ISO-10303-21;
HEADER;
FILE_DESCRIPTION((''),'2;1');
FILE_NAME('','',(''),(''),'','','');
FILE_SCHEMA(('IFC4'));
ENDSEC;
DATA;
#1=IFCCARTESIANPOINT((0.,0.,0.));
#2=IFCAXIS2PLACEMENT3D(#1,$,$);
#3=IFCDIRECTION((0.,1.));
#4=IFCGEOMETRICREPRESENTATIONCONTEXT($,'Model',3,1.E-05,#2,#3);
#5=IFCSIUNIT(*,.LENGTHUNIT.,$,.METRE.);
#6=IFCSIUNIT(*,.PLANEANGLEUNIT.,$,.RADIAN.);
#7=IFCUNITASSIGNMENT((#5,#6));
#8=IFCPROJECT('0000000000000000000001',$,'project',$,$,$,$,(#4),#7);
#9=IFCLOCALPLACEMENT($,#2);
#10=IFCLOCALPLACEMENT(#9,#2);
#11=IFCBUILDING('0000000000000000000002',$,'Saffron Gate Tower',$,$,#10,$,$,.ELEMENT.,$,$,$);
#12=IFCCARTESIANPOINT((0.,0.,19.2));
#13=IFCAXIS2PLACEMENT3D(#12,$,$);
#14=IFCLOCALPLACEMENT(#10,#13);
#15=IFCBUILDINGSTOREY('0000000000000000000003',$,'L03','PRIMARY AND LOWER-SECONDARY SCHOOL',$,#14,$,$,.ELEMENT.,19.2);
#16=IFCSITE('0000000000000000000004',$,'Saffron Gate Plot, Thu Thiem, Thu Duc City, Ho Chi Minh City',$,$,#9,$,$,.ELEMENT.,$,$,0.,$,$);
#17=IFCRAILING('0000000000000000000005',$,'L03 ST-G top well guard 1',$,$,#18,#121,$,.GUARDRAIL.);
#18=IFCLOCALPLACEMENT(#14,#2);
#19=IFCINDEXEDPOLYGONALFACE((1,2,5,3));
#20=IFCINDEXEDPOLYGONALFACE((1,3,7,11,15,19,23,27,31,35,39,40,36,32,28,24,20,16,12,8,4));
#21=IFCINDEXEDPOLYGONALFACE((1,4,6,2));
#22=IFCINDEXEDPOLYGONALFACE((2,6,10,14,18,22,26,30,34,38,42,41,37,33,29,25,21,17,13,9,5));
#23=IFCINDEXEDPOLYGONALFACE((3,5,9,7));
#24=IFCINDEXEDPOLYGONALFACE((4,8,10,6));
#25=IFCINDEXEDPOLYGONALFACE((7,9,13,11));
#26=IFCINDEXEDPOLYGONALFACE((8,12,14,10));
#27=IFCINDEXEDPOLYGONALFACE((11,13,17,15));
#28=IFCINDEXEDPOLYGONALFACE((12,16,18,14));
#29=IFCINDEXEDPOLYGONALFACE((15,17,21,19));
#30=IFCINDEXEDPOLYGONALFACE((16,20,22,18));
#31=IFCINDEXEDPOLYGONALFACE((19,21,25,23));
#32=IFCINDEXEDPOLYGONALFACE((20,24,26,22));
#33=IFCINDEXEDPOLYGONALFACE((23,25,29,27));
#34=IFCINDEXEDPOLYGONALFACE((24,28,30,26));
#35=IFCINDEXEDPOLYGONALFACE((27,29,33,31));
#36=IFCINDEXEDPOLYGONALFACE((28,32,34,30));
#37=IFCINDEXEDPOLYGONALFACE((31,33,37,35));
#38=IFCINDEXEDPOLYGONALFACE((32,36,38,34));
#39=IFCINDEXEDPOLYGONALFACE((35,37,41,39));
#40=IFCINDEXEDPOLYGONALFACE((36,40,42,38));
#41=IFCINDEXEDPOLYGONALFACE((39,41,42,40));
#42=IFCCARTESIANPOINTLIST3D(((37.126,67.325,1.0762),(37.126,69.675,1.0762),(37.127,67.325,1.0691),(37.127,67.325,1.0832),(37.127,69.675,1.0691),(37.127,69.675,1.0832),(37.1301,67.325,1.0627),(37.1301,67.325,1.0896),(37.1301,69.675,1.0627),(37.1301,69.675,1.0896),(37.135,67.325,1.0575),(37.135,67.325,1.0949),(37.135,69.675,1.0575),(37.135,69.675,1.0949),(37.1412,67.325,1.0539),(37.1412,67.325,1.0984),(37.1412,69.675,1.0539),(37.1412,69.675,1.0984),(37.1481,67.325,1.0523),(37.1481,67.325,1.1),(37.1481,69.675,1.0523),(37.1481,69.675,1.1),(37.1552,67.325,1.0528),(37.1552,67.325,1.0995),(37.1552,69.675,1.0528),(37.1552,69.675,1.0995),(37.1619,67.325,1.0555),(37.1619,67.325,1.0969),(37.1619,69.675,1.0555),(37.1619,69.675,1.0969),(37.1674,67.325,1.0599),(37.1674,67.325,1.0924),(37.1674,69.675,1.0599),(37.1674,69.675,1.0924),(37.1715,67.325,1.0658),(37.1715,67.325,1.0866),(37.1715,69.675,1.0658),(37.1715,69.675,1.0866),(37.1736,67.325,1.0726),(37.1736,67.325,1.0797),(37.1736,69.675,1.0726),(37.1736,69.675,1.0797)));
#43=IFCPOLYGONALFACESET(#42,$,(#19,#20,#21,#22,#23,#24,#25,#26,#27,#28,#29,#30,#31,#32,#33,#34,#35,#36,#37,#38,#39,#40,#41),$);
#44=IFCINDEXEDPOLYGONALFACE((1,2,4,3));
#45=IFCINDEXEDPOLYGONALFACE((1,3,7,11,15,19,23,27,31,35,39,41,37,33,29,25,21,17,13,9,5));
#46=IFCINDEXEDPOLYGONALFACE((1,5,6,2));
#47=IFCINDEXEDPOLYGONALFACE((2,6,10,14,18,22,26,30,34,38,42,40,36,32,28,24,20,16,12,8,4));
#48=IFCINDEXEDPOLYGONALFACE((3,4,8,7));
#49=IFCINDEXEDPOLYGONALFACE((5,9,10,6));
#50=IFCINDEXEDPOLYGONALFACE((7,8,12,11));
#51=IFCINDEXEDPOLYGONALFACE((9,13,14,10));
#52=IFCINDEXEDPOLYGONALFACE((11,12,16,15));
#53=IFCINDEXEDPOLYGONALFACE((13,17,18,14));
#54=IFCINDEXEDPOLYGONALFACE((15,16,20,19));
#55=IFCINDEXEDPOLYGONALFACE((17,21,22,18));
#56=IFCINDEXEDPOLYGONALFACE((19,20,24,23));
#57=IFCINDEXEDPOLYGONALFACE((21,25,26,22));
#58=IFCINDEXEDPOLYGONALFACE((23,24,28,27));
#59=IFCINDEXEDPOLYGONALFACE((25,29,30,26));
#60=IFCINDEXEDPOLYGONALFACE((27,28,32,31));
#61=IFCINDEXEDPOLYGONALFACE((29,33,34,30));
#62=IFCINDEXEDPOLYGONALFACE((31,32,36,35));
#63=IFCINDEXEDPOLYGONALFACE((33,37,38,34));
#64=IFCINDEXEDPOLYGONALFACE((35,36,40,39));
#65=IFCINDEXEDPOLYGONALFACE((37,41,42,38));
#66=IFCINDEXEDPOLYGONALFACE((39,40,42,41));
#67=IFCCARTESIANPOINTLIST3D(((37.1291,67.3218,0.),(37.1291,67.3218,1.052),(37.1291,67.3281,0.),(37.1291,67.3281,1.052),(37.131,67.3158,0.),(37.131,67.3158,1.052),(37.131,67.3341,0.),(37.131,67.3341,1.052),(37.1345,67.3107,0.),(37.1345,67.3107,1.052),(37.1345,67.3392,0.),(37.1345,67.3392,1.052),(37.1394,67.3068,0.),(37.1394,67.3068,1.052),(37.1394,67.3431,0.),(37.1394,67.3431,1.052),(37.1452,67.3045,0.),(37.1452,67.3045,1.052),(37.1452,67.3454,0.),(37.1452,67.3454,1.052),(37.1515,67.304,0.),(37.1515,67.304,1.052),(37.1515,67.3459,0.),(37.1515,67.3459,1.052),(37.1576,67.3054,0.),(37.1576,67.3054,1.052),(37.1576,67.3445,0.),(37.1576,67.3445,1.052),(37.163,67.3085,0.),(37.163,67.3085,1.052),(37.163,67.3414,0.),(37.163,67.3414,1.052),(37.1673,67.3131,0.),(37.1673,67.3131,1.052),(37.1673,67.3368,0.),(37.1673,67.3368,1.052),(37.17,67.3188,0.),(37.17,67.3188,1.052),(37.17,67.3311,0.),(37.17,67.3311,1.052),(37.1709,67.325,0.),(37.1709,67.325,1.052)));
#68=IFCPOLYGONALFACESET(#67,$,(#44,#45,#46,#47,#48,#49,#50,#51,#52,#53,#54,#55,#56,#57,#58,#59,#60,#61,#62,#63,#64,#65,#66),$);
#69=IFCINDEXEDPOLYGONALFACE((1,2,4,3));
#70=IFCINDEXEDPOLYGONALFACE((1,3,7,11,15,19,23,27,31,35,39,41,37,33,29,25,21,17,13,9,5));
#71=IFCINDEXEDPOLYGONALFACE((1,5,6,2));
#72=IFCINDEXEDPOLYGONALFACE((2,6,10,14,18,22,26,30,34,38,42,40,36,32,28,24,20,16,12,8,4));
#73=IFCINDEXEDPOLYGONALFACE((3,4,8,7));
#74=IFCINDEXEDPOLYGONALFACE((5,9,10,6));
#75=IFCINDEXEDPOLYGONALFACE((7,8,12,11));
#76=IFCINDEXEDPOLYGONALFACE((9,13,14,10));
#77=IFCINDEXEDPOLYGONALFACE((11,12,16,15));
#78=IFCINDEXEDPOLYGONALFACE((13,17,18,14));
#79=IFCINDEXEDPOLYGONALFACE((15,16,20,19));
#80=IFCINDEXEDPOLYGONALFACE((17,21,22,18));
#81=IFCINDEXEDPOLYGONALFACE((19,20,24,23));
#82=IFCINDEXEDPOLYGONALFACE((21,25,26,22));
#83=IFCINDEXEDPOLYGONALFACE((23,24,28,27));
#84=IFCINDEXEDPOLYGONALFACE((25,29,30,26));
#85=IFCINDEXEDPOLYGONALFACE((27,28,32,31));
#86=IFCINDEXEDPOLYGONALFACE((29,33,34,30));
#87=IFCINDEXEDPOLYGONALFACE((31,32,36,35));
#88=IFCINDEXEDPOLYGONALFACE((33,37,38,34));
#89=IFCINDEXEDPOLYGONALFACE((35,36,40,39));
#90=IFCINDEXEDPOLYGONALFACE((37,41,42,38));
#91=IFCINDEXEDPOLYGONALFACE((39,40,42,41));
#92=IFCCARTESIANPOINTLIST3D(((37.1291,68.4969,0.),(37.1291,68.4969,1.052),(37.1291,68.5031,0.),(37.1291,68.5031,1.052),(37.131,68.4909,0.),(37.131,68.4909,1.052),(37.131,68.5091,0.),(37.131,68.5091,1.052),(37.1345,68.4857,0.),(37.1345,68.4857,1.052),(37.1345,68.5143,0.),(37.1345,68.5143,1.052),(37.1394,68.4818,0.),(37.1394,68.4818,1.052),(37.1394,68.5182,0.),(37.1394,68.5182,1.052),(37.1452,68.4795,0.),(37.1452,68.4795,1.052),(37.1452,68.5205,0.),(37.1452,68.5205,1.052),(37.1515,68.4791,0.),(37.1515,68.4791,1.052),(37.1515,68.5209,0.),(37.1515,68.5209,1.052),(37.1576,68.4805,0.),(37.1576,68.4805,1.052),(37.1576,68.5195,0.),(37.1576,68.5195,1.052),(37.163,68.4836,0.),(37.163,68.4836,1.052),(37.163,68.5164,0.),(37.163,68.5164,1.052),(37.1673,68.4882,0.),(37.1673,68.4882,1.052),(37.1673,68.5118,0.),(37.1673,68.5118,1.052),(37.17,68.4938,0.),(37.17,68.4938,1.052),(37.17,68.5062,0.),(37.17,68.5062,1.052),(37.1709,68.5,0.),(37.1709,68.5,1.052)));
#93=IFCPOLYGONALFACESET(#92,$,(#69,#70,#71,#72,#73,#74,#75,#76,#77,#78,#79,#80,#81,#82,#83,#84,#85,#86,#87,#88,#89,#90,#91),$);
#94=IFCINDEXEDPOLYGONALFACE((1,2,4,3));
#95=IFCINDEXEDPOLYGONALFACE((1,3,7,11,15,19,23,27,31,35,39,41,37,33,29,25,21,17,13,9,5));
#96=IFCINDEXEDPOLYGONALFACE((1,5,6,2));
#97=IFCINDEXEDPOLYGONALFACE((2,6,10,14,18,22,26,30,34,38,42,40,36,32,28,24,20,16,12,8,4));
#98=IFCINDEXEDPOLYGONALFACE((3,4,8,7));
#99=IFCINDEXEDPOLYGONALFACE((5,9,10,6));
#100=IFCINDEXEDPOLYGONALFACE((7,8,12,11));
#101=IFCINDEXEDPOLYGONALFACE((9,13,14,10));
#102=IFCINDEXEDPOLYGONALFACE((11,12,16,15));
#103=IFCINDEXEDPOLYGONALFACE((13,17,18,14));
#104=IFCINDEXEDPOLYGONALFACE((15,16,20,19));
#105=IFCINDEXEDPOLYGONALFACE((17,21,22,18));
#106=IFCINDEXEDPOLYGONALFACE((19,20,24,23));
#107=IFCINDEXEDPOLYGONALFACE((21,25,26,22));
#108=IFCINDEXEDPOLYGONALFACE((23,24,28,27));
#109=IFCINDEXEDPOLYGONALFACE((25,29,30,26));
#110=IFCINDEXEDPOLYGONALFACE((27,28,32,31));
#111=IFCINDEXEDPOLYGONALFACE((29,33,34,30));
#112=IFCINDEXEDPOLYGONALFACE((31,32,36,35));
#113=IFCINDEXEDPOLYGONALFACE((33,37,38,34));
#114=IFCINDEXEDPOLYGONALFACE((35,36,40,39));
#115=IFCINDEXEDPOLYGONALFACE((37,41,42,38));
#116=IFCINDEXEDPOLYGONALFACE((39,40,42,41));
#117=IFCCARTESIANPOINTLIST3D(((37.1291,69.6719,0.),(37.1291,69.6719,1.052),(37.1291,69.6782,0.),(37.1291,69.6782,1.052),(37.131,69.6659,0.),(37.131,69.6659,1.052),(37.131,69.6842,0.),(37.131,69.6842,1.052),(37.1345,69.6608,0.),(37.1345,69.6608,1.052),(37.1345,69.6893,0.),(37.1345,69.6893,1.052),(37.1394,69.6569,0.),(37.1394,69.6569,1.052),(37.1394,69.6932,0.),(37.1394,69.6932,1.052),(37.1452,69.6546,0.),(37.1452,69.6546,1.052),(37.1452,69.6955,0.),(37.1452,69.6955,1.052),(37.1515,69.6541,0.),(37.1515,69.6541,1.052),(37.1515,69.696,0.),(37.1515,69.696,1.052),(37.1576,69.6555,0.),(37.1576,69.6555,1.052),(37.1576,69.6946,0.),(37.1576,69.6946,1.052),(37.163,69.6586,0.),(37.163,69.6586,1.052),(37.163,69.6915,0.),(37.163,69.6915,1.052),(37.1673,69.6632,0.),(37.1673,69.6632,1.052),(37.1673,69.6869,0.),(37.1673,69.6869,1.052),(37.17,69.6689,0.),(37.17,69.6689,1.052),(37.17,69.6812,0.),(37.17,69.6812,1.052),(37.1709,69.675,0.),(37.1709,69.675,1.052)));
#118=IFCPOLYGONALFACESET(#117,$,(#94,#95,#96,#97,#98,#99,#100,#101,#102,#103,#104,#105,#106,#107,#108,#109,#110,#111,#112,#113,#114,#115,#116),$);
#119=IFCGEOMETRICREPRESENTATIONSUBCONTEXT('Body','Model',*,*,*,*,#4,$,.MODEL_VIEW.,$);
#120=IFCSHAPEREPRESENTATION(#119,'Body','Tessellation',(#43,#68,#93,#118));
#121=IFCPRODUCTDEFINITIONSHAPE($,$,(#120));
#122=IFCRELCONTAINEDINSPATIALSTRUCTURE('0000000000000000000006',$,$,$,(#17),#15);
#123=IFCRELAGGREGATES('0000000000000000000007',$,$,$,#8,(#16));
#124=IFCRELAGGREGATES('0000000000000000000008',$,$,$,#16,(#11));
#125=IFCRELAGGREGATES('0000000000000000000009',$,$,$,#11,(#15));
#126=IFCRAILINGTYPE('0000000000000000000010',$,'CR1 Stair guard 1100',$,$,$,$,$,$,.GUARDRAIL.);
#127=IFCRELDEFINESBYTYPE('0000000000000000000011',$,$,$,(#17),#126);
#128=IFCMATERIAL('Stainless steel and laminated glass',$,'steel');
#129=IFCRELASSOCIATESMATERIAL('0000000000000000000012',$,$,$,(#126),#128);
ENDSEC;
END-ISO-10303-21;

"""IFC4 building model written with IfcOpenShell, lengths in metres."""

from ifc_helpers import new_model, si_unit, direction, frame, origin, origin_2d, place, context, subcontext, project, spatial, circle, extrude, material, type_object, element, save


model = new_model("IFC4")

# Units and contexts
model_context = context("Model", 3, precision=1e-05, world=origin(), true_north=direction((0.0, 1.0)))
body_context = subcontext(model_context, "Body", "Model", "MODEL_VIEW")
ifc_project = project(units=[si_unit("LENGTHUNIT", "METRE"), si_unit("PLANEANGLEUNIT", "RADIAN")], contexts=[model_context])

# Site, building, storey
site_placement = place(None, origin())
site = spatial("IfcSite", under=ifc_project, at=site_placement, Name="Saffron Gate Plot, Thu Thiem, Thu Duc City, Ho Chi Minh City", CompositionType="ELEMENT", RefElevation=0.0)
building_placement = place(site_placement, origin())
building = spatial("IfcBuilding", under=site, at=building_placement, Name="Saffron Gate Tower", CompositionType="ELEMENT")
storey_placement = place(building_placement, frame((0.0, 0.0, 19.2)))
storey = spatial("IfcBuildingStorey", under=building, at=storey_placement, Name="L03", Description="PRIMARY AND LOWER-SECONDARY SCHOOL", CompositionType="ELEMENT", Elevation=19.2)

# Railing
ifc_material_1 = material(Name="Stainless steel and laminated glass", Category="steel")
railing_type = type_object("IfcRailingType", Name="CR1 Stair guard 1100", PredefinedType="GUARDRAIL", material=ifc_material_1)
railing_1_placement = place(storey_placement, frame((37.1499, 67.325, 0.0)))
element("IfcRailing", 1, at=railing_1_placement, inside=storey, type_object=railing_type, Name="L03 ST-G top well guard 1", PredefinedType="GUARDRAIL", context=body_context, shape_type="SweptSolid", body=[
    extrude(circle(Radius=0.0239, at=origin_2d()), frame((0.0, 0.0, 1.0762), z_axis=(0.0, 1.0, 0.0), x_axis=(-1.0, 0.0, 0.0)), (0.0, 0.0, 1.0), 2.3501),
    extrude(circle(Radius=0.021, at=origin_2d()), origin(), (0.0, 0.0, 1.0), 1.052),
    extrude(circle(Radius=0.021, at=origin_2d()), frame((0.0, 1.175, 0.0)), (0.0, 0.0, 1.0), 1.052),
    extrude(circle(Radius=0.021, at=origin_2d()), frame((0.0, 2.3501, 0.0)), (0.0, 0.0, 1.0), 1.052),
])

save(model, "model.ifc")
